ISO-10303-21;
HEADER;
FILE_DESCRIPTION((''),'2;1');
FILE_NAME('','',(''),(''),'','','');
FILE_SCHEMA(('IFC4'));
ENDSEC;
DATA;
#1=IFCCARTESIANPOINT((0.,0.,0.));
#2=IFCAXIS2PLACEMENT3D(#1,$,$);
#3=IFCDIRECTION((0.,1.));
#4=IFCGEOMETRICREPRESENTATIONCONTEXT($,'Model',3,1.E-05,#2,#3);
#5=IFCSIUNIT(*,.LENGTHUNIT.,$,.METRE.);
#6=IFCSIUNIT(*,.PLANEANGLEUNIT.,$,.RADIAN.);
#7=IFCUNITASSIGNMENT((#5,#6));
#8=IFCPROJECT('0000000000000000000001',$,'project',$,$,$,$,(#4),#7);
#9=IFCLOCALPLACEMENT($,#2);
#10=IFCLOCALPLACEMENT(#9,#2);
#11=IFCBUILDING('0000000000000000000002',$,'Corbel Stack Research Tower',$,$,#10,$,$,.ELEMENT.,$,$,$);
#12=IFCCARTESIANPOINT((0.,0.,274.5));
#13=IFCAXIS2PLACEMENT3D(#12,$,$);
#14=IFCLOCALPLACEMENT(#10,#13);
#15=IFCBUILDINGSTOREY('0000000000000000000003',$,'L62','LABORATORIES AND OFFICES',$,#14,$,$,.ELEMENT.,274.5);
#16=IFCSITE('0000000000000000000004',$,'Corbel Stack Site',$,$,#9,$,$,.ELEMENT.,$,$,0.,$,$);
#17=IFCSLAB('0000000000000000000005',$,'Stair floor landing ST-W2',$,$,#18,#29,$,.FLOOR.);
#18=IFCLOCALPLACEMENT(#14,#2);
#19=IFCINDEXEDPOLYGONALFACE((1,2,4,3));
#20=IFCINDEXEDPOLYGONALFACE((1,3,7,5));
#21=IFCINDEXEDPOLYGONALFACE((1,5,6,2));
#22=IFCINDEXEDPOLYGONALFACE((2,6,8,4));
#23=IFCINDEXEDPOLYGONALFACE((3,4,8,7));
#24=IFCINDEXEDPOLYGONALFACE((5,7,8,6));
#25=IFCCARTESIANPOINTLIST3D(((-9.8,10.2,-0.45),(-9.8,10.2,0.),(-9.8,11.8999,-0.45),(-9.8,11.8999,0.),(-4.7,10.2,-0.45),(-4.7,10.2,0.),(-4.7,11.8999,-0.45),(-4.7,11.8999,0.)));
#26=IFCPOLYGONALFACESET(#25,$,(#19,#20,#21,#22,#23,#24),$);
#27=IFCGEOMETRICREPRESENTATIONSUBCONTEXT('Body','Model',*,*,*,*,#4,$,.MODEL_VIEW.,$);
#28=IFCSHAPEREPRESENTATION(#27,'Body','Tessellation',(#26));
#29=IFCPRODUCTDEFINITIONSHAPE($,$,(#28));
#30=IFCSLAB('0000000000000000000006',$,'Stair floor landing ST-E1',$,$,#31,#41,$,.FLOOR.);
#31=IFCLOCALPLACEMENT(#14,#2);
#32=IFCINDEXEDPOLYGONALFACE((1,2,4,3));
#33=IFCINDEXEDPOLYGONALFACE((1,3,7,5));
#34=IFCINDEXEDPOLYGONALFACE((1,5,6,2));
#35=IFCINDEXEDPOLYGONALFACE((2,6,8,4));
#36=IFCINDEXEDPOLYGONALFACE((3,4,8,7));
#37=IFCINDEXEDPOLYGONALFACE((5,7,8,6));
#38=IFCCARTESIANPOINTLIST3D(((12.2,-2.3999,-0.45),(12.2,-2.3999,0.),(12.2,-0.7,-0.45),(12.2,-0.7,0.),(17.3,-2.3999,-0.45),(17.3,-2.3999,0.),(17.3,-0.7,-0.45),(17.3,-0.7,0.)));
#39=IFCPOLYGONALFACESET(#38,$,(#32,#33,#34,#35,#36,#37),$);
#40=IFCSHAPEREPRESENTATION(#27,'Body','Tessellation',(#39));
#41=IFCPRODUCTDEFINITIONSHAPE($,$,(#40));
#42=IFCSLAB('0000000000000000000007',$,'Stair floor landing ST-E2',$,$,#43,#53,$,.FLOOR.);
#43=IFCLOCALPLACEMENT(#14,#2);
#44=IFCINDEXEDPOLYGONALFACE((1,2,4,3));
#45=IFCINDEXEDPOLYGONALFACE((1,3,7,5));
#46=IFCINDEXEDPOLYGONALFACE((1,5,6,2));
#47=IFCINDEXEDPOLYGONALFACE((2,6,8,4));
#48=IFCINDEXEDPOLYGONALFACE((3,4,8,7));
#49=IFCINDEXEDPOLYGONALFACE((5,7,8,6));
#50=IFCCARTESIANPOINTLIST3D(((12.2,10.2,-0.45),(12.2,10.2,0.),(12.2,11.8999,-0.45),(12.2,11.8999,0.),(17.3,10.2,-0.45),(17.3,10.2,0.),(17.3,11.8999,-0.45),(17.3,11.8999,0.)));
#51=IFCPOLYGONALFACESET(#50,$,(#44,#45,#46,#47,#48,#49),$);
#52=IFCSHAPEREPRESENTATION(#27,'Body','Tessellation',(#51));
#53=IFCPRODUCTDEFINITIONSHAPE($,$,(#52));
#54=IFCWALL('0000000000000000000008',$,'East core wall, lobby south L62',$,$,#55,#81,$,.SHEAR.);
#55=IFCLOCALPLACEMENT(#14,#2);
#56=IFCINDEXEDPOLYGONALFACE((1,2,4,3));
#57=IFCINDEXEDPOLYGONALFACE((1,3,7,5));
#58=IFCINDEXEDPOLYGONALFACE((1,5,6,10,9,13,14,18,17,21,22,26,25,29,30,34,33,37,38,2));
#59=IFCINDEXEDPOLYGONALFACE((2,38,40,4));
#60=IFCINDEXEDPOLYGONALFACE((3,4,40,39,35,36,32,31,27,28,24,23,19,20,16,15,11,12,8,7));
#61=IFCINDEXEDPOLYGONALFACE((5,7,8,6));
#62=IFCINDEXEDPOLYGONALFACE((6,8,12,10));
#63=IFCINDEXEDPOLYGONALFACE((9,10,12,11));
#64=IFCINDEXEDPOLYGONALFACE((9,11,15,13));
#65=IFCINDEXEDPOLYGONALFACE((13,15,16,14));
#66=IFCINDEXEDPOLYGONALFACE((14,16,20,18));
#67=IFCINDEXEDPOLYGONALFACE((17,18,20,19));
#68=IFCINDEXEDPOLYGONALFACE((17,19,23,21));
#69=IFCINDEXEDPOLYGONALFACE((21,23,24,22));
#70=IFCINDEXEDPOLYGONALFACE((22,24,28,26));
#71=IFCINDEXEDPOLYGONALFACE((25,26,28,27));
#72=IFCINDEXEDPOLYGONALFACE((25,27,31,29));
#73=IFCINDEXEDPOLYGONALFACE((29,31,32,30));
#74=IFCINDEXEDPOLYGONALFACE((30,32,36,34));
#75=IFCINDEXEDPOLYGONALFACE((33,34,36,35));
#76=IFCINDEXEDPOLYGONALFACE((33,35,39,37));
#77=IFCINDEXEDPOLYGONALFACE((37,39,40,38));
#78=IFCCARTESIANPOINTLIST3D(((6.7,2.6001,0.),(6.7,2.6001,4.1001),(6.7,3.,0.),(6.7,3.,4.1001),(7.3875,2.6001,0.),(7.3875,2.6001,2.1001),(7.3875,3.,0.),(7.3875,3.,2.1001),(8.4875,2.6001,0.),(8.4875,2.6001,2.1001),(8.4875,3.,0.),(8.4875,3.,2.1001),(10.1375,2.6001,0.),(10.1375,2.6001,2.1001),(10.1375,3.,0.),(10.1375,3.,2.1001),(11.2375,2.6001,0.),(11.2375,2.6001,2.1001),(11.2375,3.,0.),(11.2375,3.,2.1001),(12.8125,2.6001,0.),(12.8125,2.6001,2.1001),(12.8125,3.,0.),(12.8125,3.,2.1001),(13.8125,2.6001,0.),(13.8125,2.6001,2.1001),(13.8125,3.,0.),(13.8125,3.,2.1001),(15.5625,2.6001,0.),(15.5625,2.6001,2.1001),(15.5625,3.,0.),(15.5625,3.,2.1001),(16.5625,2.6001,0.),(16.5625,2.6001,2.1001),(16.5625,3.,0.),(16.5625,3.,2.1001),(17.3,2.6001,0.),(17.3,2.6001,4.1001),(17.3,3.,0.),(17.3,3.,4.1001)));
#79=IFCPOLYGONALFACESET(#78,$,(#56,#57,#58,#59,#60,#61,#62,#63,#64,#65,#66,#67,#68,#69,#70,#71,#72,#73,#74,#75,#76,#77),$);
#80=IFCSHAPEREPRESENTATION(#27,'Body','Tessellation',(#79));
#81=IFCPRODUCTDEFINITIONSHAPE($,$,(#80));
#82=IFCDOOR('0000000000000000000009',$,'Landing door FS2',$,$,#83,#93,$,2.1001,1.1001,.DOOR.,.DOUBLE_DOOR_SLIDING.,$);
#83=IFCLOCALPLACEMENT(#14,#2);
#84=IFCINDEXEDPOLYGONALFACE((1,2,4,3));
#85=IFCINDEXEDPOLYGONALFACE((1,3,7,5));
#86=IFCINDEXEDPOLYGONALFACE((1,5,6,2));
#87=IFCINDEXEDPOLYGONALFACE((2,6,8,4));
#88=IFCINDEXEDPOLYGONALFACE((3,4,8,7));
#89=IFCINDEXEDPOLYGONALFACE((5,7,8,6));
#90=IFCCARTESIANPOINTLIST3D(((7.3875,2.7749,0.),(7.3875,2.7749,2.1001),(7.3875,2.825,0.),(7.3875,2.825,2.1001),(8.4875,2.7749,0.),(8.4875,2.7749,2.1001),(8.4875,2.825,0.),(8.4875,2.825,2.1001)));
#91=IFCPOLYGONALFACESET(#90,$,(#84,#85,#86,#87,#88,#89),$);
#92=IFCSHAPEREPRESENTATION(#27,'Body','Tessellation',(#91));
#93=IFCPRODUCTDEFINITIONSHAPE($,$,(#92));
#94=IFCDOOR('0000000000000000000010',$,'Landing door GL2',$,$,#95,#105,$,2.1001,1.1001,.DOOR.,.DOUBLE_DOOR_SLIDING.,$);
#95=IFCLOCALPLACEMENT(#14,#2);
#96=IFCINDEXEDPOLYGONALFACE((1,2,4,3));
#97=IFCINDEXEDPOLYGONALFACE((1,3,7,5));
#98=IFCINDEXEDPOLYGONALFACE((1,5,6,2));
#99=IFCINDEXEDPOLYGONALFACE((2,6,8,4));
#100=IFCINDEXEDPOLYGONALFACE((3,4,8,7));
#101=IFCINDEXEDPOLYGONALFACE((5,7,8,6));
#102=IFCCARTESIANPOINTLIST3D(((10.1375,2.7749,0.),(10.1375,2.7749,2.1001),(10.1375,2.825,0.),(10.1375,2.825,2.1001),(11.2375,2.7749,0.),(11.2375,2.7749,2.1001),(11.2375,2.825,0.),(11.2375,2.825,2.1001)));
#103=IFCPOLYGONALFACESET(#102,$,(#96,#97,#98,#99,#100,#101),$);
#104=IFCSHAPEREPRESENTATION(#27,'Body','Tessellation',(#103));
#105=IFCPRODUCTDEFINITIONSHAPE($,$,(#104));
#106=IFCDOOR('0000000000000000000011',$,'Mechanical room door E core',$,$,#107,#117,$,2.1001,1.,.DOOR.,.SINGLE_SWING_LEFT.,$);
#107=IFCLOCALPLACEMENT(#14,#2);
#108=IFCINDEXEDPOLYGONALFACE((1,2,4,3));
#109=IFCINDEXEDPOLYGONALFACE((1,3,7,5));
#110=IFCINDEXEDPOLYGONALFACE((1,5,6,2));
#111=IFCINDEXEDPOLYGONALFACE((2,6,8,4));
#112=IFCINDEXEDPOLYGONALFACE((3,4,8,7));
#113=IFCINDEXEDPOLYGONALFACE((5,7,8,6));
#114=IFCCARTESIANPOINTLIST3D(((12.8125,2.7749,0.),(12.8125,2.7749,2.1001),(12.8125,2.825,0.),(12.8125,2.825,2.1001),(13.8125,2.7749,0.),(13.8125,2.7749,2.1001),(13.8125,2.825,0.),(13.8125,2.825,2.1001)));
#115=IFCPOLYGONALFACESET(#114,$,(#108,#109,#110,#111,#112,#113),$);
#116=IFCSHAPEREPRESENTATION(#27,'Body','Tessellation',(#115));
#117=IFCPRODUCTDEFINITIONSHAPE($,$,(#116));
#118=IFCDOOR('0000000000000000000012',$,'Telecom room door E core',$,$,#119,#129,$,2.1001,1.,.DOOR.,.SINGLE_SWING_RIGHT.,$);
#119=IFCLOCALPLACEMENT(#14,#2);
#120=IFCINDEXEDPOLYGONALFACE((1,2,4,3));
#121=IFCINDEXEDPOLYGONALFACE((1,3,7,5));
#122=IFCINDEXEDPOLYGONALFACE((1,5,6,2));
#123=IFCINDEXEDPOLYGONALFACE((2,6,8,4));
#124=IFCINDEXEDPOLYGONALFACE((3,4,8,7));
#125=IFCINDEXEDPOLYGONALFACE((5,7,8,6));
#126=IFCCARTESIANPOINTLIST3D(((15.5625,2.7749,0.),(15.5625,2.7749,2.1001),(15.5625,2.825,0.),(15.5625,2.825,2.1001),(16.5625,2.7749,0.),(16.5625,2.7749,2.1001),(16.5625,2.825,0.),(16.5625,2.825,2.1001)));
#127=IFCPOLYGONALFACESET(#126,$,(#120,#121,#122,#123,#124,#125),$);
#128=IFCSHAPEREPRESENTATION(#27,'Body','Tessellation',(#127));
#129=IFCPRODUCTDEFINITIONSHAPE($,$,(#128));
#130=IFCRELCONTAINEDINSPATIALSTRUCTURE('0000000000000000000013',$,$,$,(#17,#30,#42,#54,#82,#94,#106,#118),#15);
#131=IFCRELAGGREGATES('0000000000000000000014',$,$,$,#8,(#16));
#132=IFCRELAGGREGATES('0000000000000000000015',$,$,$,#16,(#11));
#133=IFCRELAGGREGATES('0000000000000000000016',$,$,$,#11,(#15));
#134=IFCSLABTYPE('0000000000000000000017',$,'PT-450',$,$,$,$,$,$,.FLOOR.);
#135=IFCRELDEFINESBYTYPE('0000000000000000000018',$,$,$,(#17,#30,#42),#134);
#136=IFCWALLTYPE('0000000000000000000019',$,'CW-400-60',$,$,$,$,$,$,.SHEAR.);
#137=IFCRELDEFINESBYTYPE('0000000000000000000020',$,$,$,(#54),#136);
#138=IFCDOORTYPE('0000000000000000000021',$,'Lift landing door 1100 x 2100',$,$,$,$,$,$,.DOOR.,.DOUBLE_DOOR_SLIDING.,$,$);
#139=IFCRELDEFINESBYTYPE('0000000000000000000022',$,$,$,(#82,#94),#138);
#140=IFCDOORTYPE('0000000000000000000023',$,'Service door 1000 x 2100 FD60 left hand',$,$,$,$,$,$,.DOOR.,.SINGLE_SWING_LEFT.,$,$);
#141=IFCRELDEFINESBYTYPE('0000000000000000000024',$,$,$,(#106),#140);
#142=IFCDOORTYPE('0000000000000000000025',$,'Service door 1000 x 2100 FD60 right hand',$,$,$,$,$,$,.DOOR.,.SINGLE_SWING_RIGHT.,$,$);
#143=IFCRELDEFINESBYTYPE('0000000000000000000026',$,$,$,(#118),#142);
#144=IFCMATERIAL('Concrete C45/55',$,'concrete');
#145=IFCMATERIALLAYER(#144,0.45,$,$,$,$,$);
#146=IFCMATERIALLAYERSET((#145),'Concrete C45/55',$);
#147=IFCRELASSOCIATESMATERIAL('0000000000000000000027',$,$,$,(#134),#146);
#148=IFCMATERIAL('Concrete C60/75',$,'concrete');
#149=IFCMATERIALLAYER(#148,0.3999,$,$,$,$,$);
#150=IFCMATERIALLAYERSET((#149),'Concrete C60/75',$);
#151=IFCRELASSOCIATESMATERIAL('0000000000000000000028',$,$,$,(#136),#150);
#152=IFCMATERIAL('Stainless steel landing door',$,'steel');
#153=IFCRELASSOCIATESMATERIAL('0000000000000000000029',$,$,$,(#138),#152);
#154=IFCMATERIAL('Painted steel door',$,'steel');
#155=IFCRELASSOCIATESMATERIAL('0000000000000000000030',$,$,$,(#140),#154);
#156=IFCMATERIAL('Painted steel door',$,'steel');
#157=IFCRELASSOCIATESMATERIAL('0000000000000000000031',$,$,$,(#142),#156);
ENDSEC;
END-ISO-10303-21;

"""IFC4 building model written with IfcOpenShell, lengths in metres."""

from ifc_helpers import new_model, si_unit, direction, frame, frame_2d, origin, place, context, subcontext, project, spatial, polyline, rectangle, outline, extrude, material, layer, layer_set, type_object, element, fill, save


model = new_model("IFC4")

# Units and contexts
model_context = context("Model", 3, precision=1e-05, world=origin(), true_north=direction((0.0, 1.0)))
body_context = subcontext(model_context, "Body", "Model", "MODEL_VIEW")
ifc_project = project(units=[si_unit("LENGTHUNIT", "METRE"), si_unit("PLANEANGLEUNIT", "RADIAN")], contexts=[model_context])

# Site, building, storey
site_placement = place(None, origin())
site = spatial("IfcSite", under=ifc_project, at=site_placement, Name="Corbel Stack Site", CompositionType="ELEMENT", RefElevation=0.0)
building_placement = place(site_placement, origin())
building = spatial("IfcBuilding", under=site, at=building_placement, Name="Corbel Stack Research Tower", CompositionType="ELEMENT")
storey_placement = place(building_placement, frame((0.0, 0.0, 274.5)))
storey = spatial("IfcBuildingStorey", under=building, at=storey_placement, Name="L62", Description="LABORATORIES AND OFFICES", CompositionType="ELEMENT", Elevation=274.5)

# Slabs
ifc_material_1 = material(Name="Concrete C45/55", Category="concrete")
ifc_layer_1 = layer(ifc_material_1, 0.45)
ifc_layer_set_1 = layer_set([ifc_layer_1], Name="Concrete C45/55")
slab_type = type_object("IfcSlabType", Name="PT-450", PredefinedType="FLOOR", material=ifc_layer_set_1)
slab_1_placement = place(storey_placement, frame((0.0, 0.0, -0.45)))
element("IfcSlab", 1, at=slab_1_placement, inside=storey, type_object=slab_type, Name="Stair floor landing ST-W2", PredefinedType="FLOOR", context=body_context, shape_type="SweptSolid", body=[
    extrude(outline(polyline([(-9.8, 10.2), (-4.7, 10.2), (-4.7, 11.8999), (-9.8, 11.8999), (-9.8, 10.2)])), origin(), (0.0, 0.0, 1.0), 0.45),
])
slab_2_placement = place(storey_placement, frame((0.0, 0.0, -0.45)))
element("IfcSlab", 2, at=slab_2_placement, inside=storey, type_object=slab_type, Name="Stair floor landing ST-E1", PredefinedType="FLOOR", context=body_context, shape_type="SweptSolid", body=[
    extrude(outline(polyline([(12.2, -2.3999), (17.3, -2.3999), (17.3, -0.7), (12.2, -0.7), (12.2, -2.3999)])), origin(), (0.0, 0.0, 1.0), 0.45),
])
slab_3_placement = place(storey_placement, frame((0.0, 0.0, -0.45)))
element("IfcSlab", 3, at=slab_3_placement, inside=storey, type_object=slab_type, Name="Stair floor landing ST-E2", PredefinedType="FLOOR", context=body_context, shape_type="SweptSolid", body=[
    extrude(outline(polyline([(12.2, 10.2), (17.3, 10.2), (17.3, 11.8999), (12.2, 11.8999), (12.2, 10.2)])), origin(), (0.0, 0.0, 1.0), 0.45),
])

# Wall, openings, doors
ifc_material_2 = material(Name="Concrete C60/75", Category="concrete")
ifc_layer_2 = layer(ifc_material_2, 0.3999)
ifc_layer_set_2 = layer_set([ifc_layer_2], Name="Concrete C60/75")
wall_type_1 = type_object("IfcWallType", Name="CW-400-60", PredefinedType="SHEAR", material=ifc_layer_set_2)
wall_1_placement = place(storey_placement, frame((6.7, 2.8, 0.0), z_axis=(0.0, 0.0, 1.0), x_axis=(1.0, 0.0, 0.0)))
wall_1 = element("IfcWall", 4, at=wall_1_placement, inside=storey, type_object=wall_type_1, Name="East core wall, lobby south L62", PredefinedType="SHEAR", context=body_context, shape_type="SweptSolid", body=[
    extrude(rectangle(XDim=10.6001, YDim=0.3999, at=frame_2d((5.3, 0.0))), origin(), (0.0, 0.0, 1.0), 4.1001),
])
opening_1_placement = place(wall_1_placement, frame((0.6875, 0.0, 0.0)))
opening_1 = element("IfcOpeningElement", 5, at=opening_1_placement, cuts=wall_1, PredefinedType="OPENING", context=body_context, shape_type="SweptSolid", body=[
    extrude(rectangle(XDim=1.1001, YDim=2.1001, at=frame_2d((0.55, 1.05))), frame((0.0, 0.21, 0.0), z_axis=(0.0, -1.0, 0.0), x_axis=(1.0, 0.0, 0.0)), (0.0, 0.0, 1.0), 0.4199),
])
opening_2_placement = place(wall_1_placement, frame((3.4375, 0.0, 0.0)))
opening_2 = element("IfcOpeningElement", 6, at=opening_2_placement, cuts=wall_1, PredefinedType="OPENING", context=body_context, shape_type="SweptSolid", body=[
    extrude(rectangle(XDim=1.1001, YDim=2.1001, at=frame_2d((0.55, 1.05))), frame((0.0, 0.21, 0.0), z_axis=(0.0, -1.0, 0.0), x_axis=(1.0, 0.0, 0.0)), (0.0, 0.0, 1.0), 0.4199),
])
opening_3_placement = place(wall_1_placement, frame((6.1125, 0.0, 0.0)))
opening_3 = element("IfcOpeningElement", 7, at=opening_3_placement, cuts=wall_1, PredefinedType="OPENING", context=body_context, shape_type="SweptSolid", body=[
    extrude(rectangle(XDim=1.0, YDim=2.1001, at=frame_2d((0.5, 1.05))), frame((0.0, 0.21, 0.0), z_axis=(0.0, -1.0, 0.0), x_axis=(1.0, 0.0, 0.0)), (0.0, 0.0, 1.0), 0.4199),
])
opening_4_placement = place(wall_1_placement, frame((8.8625, 0.0, 0.0)))
opening_4 = element("IfcOpeningElement", 8, at=opening_4_placement, cuts=wall_1, PredefinedType="OPENING", context=body_context, shape_type="SweptSolid", body=[
    extrude(rectangle(XDim=1.0, YDim=2.1001, at=frame_2d((0.5, 1.05))), frame((0.0, 0.21, 0.0), z_axis=(0.0, -1.0, 0.0), x_axis=(1.0, 0.0, 0.0)), (0.0, 0.0, 1.0), 0.4199),
])
ifc_material_3 = material(Name="Stainless steel landing door", Category="steel")
door_type_1 = type_object("IfcDoorType", Name="Lift landing door 1100 x 2100", OperationType="DOUBLE_DOOR_SLIDING", PredefinedType="DOOR", material=ifc_material_3)
door_1_placement = place(opening_1_placement, origin())
door_1 = element("IfcDoor", 9, at=door_1_placement, inside=storey, type_object=door_type_1, Name="Landing door FS2", OperationType="DOUBLE_DOOR_SLIDING", OverallHeight=2.1001, OverallWidth=1.1001, PredefinedType="DOOR", context=body_context, shape_type="SweptSolid", body=[
    extrude(rectangle(XDim=1.1001, YDim=2.1001, at=frame_2d((0.55, 1.05))), frame((0.0, 0.0249, 0.0), z_axis=(0.0, -1.0, 0.0), x_axis=(1.0, 0.0, 0.0)), (0.0, 0.0, 1.0), 0.05),
])
fill(opening_1, door_1)
door_2_placement = place(opening_2_placement, origin())
door_2 = element("IfcDoor", 10, at=door_2_placement, inside=storey, type_object=door_type_1, Name="Landing door GL2", OperationType="DOUBLE_DOOR_SLIDING", OverallHeight=2.1001, OverallWidth=1.1001, PredefinedType="DOOR", context=body_context, shape_type="SweptSolid", body=[
    extrude(rectangle(XDim=1.1001, YDim=2.1001, at=frame_2d((0.55, 1.05))), frame((0.0, 0.0249, 0.0), z_axis=(0.0, -1.0, 0.0), x_axis=(1.0, 0.0, 0.0)), (0.0, 0.0, 1.0), 0.05),
])
fill(opening_2, door_2)
ifc_material_4 = material(Name="Painted steel door", Category="steel")
door_type_2 = type_object("IfcDoorType", Name="Service door 1000 x 2100 FD60 left hand", OperationType="SINGLE_SWING_LEFT", PredefinedType="DOOR", material=ifc_material_4)
door_3_placement = place(opening_3_placement, origin())
door_3 = element("IfcDoor", 11, at=door_3_placement, inside=storey, type_object=door_type_2, Name="Mechanical room door E core", OperationType="SINGLE_SWING_LEFT", OverallHeight=2.1001, OverallWidth=1.0, PredefinedType="DOOR", context=body_context, shape_type="SweptSolid", body=[
    extrude(rectangle(XDim=1.0, YDim=2.1001, at=frame_2d((0.5, 1.05))), frame((0.0, 0.0249, 0.0), z_axis=(0.0, -1.0, 0.0), x_axis=(1.0, 0.0, 0.0)), (0.0, 0.0, 1.0), 0.05),
])
fill(opening_3, door_3)
ifc_material_5 = material(Name="Painted steel door", Category="steel")
door_type_3 = type_object("IfcDoorType", Name="Service door 1000 x 2100 FD60 right hand", OperationType="SINGLE_SWING_RIGHT", PredefinedType="DOOR", material=ifc_material_5)
door_4_placement = place(opening_4_placement, origin())
door_4 = element("IfcDoor", 12, at=door_4_placement, inside=storey, type_object=door_type_3, Name="Telecom room door E core", OperationType="SINGLE_SWING_RIGHT", OverallHeight=2.1001, OverallWidth=1.0, PredefinedType="DOOR", context=body_context, shape_type="SweptSolid", body=[
    extrude(rectangle(XDim=1.0, YDim=2.1001, at=frame_2d((0.5, 1.05))), frame((0.0, 0.0249, 0.0), z_axis=(0.0, -1.0, 0.0), x_axis=(1.0, 0.0, 0.0)), (0.0, 0.0, 1.0), 0.05),
])
fill(opening_4, door_4)

save(model, "model.ifc")
